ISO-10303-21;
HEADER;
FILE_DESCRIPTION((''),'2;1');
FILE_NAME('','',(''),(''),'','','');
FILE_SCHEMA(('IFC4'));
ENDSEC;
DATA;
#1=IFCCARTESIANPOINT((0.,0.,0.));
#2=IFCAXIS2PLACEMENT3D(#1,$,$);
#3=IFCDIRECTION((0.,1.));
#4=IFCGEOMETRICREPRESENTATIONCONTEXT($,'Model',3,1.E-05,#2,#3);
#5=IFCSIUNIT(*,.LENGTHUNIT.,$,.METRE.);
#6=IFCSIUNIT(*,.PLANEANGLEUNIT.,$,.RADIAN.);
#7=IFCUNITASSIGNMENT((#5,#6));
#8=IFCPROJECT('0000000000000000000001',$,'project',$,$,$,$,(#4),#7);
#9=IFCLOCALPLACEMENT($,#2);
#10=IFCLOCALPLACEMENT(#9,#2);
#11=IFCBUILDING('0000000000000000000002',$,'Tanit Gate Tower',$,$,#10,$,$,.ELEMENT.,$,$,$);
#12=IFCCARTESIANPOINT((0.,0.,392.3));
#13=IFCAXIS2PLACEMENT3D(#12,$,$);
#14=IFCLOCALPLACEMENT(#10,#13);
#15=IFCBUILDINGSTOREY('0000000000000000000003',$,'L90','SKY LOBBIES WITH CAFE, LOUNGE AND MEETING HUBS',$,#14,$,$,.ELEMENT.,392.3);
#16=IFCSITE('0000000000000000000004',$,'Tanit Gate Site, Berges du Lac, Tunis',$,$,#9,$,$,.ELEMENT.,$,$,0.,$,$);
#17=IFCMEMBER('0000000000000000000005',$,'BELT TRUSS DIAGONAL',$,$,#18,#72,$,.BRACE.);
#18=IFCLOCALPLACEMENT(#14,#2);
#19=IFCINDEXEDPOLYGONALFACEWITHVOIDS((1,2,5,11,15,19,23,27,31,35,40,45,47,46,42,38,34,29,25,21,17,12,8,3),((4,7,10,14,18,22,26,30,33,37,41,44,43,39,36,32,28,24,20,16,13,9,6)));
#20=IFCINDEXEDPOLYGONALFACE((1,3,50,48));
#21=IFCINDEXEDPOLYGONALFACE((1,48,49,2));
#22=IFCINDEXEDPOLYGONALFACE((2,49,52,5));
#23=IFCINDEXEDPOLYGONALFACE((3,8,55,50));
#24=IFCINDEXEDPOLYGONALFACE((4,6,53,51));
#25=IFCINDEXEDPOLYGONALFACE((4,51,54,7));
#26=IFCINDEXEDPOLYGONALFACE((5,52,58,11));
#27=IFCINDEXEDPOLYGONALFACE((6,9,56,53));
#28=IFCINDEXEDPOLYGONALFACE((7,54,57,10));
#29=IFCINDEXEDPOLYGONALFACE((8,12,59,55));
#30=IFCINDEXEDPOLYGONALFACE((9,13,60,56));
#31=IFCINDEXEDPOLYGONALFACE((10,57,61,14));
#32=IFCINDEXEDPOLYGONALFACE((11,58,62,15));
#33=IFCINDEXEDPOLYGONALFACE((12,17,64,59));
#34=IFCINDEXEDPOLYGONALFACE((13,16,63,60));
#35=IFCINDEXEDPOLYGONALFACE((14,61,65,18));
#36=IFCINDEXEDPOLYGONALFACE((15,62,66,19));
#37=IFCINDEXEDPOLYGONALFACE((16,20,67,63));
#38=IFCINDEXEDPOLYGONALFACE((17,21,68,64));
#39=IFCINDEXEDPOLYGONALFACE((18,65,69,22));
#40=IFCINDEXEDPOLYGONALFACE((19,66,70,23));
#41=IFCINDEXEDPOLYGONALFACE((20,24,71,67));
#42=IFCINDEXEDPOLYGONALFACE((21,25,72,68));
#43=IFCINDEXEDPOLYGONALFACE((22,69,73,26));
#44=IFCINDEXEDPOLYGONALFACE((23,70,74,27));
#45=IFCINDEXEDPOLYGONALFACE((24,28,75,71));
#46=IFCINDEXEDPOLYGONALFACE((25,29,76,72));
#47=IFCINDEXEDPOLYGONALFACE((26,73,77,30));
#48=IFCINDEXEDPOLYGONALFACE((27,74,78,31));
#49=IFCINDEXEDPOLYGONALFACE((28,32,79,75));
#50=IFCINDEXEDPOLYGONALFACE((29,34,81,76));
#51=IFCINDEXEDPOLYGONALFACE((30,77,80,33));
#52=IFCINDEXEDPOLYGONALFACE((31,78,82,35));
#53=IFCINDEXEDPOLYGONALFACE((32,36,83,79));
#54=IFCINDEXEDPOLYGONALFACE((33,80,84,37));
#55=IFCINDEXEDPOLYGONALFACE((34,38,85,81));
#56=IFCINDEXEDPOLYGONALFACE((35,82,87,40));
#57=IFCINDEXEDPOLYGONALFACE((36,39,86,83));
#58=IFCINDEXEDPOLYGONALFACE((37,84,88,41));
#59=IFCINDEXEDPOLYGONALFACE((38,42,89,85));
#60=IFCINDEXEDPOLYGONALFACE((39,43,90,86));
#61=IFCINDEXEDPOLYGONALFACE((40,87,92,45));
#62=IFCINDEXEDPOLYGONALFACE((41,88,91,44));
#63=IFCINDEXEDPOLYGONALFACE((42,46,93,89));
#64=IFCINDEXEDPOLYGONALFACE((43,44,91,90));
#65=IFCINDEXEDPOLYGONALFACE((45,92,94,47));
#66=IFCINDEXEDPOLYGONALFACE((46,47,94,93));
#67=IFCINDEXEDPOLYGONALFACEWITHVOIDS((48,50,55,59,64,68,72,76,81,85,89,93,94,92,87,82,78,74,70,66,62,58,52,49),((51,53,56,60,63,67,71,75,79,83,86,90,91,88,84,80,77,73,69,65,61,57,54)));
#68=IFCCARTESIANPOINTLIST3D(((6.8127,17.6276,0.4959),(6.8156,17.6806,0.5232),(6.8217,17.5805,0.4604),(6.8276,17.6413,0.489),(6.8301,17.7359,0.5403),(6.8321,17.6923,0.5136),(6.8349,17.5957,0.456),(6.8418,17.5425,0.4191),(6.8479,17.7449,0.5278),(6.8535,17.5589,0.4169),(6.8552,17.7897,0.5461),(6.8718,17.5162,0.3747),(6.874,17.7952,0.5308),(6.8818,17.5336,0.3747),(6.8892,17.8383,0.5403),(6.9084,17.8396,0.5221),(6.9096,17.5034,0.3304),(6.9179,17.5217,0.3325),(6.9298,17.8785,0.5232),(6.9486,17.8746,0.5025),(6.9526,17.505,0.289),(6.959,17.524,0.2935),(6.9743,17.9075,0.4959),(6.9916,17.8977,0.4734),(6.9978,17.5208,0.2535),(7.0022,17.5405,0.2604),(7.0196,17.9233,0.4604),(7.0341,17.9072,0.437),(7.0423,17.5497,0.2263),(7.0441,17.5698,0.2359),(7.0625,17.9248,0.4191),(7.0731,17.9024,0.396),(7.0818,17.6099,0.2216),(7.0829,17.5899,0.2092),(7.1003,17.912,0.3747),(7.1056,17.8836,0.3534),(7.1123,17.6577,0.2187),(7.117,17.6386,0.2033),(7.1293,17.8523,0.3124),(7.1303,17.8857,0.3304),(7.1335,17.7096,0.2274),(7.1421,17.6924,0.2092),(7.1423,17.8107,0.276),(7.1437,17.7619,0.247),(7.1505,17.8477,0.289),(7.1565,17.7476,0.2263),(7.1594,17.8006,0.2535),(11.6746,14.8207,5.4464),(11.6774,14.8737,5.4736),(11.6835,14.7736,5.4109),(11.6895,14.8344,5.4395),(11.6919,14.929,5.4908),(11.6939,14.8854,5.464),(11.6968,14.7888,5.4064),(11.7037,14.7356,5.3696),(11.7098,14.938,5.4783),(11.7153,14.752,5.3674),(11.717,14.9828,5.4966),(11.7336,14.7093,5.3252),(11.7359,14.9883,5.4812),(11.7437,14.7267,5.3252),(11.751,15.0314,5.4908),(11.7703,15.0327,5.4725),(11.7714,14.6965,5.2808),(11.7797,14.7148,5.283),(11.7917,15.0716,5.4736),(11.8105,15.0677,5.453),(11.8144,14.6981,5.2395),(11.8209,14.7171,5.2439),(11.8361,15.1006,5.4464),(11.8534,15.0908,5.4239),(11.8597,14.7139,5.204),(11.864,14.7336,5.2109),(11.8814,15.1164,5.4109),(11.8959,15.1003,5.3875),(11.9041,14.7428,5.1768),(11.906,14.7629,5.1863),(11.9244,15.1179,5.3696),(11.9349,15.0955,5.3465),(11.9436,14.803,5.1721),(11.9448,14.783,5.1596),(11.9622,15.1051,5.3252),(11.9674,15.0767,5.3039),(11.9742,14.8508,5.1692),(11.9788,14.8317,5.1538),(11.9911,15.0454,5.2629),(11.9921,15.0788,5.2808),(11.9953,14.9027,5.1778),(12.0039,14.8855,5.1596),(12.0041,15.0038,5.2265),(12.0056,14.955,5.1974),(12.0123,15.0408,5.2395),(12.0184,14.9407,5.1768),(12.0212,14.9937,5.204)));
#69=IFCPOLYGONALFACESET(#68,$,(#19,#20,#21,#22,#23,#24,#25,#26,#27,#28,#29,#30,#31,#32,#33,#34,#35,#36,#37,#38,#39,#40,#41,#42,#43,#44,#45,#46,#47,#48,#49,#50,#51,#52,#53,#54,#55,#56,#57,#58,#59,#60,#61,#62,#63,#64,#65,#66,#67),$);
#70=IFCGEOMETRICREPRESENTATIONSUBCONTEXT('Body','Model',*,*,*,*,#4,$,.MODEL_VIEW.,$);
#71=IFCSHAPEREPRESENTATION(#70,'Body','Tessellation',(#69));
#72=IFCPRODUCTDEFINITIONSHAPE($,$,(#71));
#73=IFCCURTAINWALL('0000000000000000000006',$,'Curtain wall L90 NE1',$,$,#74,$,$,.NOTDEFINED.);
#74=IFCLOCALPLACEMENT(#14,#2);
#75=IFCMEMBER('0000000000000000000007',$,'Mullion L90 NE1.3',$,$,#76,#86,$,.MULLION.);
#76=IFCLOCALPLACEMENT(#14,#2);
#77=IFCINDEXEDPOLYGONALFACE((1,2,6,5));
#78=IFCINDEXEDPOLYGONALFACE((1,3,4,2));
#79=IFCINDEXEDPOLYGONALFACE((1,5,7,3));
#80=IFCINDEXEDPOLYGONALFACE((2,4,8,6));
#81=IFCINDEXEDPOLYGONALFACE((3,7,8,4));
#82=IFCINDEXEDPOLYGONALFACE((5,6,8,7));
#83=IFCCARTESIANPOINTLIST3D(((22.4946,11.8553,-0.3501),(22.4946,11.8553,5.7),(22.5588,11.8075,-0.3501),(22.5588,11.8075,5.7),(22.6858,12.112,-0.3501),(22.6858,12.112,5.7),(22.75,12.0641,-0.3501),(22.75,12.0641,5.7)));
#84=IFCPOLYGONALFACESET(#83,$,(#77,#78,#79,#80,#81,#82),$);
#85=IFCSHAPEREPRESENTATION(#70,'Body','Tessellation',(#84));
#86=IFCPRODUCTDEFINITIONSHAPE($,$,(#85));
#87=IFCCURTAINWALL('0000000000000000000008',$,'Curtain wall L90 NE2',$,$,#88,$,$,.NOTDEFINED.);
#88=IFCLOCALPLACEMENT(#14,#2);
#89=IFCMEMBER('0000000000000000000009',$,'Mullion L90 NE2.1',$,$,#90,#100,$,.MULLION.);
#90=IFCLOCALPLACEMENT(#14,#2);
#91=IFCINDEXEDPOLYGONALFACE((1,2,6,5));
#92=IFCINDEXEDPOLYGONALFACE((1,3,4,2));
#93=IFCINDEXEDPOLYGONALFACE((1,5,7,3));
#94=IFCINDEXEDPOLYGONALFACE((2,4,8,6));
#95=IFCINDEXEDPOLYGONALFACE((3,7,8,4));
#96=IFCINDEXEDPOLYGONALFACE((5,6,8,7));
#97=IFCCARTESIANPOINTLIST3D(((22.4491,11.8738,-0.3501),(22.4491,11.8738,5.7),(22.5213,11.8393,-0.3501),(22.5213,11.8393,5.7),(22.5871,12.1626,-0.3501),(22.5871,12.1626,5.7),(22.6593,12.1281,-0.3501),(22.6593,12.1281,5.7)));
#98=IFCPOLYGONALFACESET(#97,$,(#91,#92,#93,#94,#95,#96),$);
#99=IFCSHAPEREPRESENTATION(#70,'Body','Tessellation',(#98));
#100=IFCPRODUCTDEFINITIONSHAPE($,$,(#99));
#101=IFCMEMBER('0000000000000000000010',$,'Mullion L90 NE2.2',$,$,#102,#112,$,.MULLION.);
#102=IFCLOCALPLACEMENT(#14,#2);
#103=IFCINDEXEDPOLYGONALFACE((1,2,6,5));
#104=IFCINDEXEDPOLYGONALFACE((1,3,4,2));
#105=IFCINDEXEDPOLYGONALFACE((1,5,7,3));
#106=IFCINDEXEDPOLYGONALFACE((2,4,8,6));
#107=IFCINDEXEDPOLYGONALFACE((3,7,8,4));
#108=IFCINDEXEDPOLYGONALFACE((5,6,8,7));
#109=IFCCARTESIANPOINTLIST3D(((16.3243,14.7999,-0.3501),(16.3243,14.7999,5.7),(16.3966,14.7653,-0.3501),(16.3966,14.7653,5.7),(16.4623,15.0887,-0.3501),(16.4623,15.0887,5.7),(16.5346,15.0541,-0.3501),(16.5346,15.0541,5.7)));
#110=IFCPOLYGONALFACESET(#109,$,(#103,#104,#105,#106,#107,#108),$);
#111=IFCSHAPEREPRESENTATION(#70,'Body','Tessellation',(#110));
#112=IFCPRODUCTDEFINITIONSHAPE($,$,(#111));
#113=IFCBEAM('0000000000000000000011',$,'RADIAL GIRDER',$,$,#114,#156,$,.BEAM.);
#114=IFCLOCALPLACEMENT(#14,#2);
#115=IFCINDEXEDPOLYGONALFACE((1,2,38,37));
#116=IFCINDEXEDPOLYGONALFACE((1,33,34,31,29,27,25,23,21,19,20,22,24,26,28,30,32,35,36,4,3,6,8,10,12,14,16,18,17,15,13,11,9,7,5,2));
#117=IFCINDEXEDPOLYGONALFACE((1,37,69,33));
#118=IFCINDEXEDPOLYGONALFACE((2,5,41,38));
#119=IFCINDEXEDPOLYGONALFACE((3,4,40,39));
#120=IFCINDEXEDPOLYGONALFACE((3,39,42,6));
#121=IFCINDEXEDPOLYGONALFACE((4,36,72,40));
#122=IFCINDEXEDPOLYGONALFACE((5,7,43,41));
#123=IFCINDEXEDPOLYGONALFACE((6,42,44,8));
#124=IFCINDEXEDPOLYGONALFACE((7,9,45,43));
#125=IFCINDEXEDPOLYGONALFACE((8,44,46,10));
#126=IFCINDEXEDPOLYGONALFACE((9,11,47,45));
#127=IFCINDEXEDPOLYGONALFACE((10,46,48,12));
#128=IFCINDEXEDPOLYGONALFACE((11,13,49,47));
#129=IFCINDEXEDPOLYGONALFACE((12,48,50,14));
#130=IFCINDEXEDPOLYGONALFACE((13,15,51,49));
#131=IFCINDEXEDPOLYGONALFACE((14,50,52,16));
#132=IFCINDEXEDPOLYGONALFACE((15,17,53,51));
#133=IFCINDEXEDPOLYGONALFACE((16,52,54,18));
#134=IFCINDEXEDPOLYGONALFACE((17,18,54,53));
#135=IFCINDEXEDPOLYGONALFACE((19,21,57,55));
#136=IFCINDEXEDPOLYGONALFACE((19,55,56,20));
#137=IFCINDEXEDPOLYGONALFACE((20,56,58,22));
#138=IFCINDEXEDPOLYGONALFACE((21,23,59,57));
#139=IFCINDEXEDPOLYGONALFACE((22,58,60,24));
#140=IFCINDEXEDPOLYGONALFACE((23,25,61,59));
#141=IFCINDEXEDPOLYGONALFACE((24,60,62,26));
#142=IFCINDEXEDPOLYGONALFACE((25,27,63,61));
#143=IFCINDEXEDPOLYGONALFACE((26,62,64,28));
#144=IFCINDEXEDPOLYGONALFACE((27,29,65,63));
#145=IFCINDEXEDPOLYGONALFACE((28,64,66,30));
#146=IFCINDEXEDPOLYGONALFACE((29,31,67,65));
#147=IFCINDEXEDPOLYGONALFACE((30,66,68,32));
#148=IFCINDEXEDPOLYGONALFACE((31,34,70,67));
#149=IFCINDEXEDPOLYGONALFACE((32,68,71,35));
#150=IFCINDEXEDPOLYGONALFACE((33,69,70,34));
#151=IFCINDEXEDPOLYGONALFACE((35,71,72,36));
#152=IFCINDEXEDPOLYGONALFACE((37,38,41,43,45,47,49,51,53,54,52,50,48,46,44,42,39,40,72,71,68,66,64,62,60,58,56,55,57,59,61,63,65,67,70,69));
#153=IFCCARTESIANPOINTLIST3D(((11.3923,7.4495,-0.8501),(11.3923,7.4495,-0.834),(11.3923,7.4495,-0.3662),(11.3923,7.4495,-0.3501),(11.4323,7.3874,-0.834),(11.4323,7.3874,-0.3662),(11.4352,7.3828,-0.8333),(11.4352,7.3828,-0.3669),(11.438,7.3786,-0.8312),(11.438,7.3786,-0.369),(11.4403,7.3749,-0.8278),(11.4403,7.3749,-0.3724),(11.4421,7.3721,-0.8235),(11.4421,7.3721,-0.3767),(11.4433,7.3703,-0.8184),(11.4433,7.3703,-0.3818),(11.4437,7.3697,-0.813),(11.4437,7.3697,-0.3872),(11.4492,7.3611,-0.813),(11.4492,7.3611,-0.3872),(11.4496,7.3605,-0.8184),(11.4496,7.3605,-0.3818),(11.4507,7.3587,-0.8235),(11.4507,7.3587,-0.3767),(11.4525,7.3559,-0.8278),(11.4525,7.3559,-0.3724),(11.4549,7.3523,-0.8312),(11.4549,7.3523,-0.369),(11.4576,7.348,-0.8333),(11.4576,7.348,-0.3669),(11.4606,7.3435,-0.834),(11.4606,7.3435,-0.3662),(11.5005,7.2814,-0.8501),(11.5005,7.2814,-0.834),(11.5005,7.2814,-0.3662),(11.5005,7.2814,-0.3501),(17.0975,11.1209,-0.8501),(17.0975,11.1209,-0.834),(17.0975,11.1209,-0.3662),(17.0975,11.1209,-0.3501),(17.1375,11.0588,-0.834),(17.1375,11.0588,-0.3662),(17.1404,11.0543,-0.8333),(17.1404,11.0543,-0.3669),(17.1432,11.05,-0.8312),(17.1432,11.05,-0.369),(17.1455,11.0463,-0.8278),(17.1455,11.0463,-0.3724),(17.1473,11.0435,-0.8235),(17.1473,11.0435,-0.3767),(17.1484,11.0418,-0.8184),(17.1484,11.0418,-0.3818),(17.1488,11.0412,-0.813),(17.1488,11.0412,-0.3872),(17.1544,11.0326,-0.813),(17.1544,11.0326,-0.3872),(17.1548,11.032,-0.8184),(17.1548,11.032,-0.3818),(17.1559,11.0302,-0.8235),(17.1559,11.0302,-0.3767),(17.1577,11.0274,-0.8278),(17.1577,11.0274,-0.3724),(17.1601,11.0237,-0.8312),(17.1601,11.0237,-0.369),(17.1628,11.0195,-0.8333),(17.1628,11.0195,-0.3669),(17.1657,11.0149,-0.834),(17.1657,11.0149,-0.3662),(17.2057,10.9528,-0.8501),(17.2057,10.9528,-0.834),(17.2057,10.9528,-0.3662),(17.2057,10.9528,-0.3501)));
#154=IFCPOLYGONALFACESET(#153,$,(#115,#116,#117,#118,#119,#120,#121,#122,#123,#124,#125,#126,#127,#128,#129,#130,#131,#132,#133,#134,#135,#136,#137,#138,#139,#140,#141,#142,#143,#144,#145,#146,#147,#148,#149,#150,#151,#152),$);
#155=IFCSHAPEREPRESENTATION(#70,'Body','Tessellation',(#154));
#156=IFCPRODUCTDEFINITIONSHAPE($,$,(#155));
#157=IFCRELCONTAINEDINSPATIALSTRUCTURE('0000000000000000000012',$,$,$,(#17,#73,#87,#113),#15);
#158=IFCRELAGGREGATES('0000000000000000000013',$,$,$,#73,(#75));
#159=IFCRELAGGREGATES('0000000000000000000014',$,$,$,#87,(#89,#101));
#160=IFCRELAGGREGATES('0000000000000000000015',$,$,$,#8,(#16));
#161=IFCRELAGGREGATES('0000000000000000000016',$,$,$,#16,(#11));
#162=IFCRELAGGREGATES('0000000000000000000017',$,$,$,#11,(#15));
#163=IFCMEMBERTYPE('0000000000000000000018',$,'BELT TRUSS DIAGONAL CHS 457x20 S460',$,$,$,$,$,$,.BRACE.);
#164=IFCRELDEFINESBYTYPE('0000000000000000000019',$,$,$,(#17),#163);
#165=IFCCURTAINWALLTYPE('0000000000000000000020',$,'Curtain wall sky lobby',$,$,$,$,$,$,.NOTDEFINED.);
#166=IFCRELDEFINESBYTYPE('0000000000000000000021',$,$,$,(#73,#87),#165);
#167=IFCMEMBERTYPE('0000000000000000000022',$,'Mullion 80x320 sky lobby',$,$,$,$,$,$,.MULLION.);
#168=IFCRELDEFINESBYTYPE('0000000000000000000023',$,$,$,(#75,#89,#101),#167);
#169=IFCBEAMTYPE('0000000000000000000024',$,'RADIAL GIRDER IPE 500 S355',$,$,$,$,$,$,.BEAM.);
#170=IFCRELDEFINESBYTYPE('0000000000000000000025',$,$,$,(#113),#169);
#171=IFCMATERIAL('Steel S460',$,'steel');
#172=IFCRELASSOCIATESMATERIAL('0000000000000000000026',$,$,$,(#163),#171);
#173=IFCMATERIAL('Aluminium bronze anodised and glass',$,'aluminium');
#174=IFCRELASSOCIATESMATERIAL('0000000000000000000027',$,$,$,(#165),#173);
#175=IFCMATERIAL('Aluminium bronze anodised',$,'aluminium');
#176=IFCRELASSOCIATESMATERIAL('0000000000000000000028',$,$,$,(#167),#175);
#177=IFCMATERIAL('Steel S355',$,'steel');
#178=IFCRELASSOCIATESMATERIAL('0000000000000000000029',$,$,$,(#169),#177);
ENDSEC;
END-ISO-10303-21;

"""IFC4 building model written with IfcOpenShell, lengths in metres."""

from ifc_helpers import new_model, si_unit, direction, frame, origin, origin_2d, place, context, subcontext, project, spatial, rectangle, hollow_circle, i_section, extrude, material, material_profile, profile_set, type_object, element, aggregate, save


model = new_model("IFC4")

# Units and contexts
model_context = context("Model", 3, precision=1e-05, world=origin(), true_north=direction((0.0, 1.0)))
body_context = subcontext(model_context, "Body", "Model", "MODEL_VIEW")
ifc_project = project(units=[si_unit("LENGTHUNIT", "METRE"), si_unit("PLANEANGLEUNIT", "RADIAN")], contexts=[model_context])

# Site, building, storey
site_placement = place(None, origin())
site = spatial("IfcSite", under=ifc_project, at=site_placement, Name="Tanit Gate Site, Berges du Lac, Tunis", CompositionType="ELEMENT", RefElevation=0.0)
building_placement = place(site_placement, origin())
building = spatial("IfcBuilding", under=site, at=building_placement, Name="Tanit Gate Tower", CompositionType="ELEMENT")
storey_placement = place(building_placement, frame((0.0, 0.0, 392.3)))
storey = spatial("IfcBuildingStorey", under=building, at=storey_placement, Name="L90", Description="SKY LOBBIES WITH CAFE, LOUNGE AND MEETING HUBS", CompositionType="ELEMENT", Elevation=392.3)

# Member
ifc_material_1 = material(Name="Steel S460", Category="steel")
ifc_material_profile_1 = material_profile(ifc_material_1, hollow_circle(Radius=0.2285, WallThickness=0.02, at=origin_2d()), Name="CHS 457x20")
ifc_profile_set_1 = profile_set([ifc_material_profile_1], Name="Steel S460")
member_type_1 = type_object("IfcMemberType", Name="BELT TRUSS DIAGONAL CHS 457x20 S460", PredefinedType="BRACE", material=ifc_profile_set_1)
for number, where, z_axis, x_axis, name in (
    (1, (11.8479, 14.9072, 5.3252), (-0.649556, 0.37501, -0.661396), (-0.499988, -0.866032, 0.0), "BELT TRUSS DIAGONAL"),
):
    element("IfcMember", number, at=place(storey_placement, frame(where, z_axis=z_axis, x_axis=x_axis)), inside=storey, type_object=member_type_1, Name=name, PredefinedType="BRACE", context=body_context, shape_type="SweptSolid", body=[
        extrude(hollow_circle(Radius=0.2285, WallThickness=0.02, at=origin_2d()), origin(), (0.0, 0.0, 1.0), 7.4849),
    ])

# Curtain wall, member
ifc_material_2 = material(Name="Aluminium bronze anodised and glass", Category="aluminium")
curtain_wall_type = type_object("IfcCurtainWallType", Name="Curtain wall sky lobby", PredefinedType="NOTDEFINED", material=ifc_material_2)
curtain_wall_1_placement = place(storey_placement, origin())
curtain_wall_1 = element("IfcCurtainWall", 2, at=curtain_wall_1_placement, inside=storey, type_object=curtain_wall_type, Name="Curtain wall L90 NE1", PredefinedType="NOTDEFINED")
ifc_material_3 = material(Name="Aluminium bronze anodised", Category="aluminium")
ifc_material_profile_2 = material_profile(ifc_material_3, rectangle(XDim=0.3201, YDim=0.0801, at=origin_2d()), Name="80x320 bronze mullion")
ifc_profile_set_2 = profile_set([ifc_material_profile_2], Name="Aluminium bronze anodised")
member_type_2 = type_object("IfcMemberType", Name="Mullion 80x320 sky lobby", PredefinedType="MULLION", material=ifc_profile_set_2)
member_1_placement = place(storey_placement, frame((22.6223, 11.9597, -0.3501), z_axis=(0.0, 0.0, 1.0), x_axis=(-0.597341, -0.801988, 0.0)))
member_1 = element("IfcMember", 3, at=member_1_placement, type_object=member_type_2, Name="Mullion L90 NE1.3", PredefinedType="MULLION", context=body_context, shape_type="SweptSolid", body=[
    extrude(rectangle(XDim=0.3201, YDim=0.0801, at=origin_2d()), origin(), (0.0, 0.0, 1.0), 6.05),
])
aggregate(curtain_wall_1, [member_1])

# Curtain wall, members
curtain_wall_2_placement = place(storey_placement, origin())
curtain_wall_2 = element("IfcCurtainWall", 4, at=curtain_wall_2_placement, inside=storey, type_object=curtain_wall_type, Name="Curtain wall L90 NE2", PredefinedType="NOTDEFINED")
member_2_placement = place(storey_placement, frame((22.5542, 12.001, -0.3501), z_axis=(0.0, 0.0, 1.0), x_axis=(-0.431073, -0.902317, 0.0)))
member_2 = element("IfcMember", 5, at=member_2_placement, type_object=member_type_2, Name="Mullion L90 NE2.1", PredefinedType="MULLION", context=body_context, shape_type="SweptSolid", body=[
    extrude(rectangle(XDim=0.3201, YDim=0.0801, at=origin_2d()), origin(), (0.0, 0.0, 1.0), 6.05),
])
member_3_placement = place(storey_placement, frame((16.4294, 14.927, -0.3501), z_axis=(0.0, 0.0, 1.0), x_axis=(-0.431073, -0.902317, 0.0)))
member_3 = element("IfcMember", 6, at=member_3_placement, type_object=member_type_2, Name="Mullion L90 NE2.2", PredefinedType="MULLION", context=body_context, shape_type="SweptSolid", body=[
    extrude(rectangle(XDim=0.3201, YDim=0.0801, at=origin_2d()), origin(), (0.0, 0.0, 1.0), 6.05),
])

# Beam
ifc_material_4 = material(Name="Steel S355", Category="steel")
ifc_material_profile_3 = material_profile(ifc_material_4, i_section(OverallWidth=0.2, OverallDepth=0.5, WebThickness=0.0103, FlangeThickness=0.0161, FilletRadius=0.021, at=origin_2d()), Name="IPE 500")
ifc_profile_set_3 = profile_set([ifc_material_profile_3], Name="Steel S355")
beam_type_1 = type_object("IfcBeamType", Name="RADIAL GIRDER IPE 500 S355", PredefinedType="BEAM", material=ifc_profile_set_3)
beam_1_placement = place(storey_placement, frame((17.1516, 11.0369, -0.6001), z_axis=(-0.840921, -0.541158, 0.0), x_axis=(0.541158, -0.840921, 0.0)))
element("IfcBeam", 7, at=beam_1_placement, inside=storey, type_object=beam_type_1, Name="RADIAL GIRDER", PredefinedType="BEAM", context=body_context, shape_type="SweptSolid", body=[
    extrude(i_section(OverallWidth=0.2, OverallDepth=0.5, WebThickness=0.0103, FlangeThickness=0.0161, FilletRadius=0.021, at=origin_2d()), origin(), (0.0, 0.0, 1.0), 6.7844),
])

aggregate(curtain_wall_2, [member_2, member_3])

save(model, "model.ifc")
